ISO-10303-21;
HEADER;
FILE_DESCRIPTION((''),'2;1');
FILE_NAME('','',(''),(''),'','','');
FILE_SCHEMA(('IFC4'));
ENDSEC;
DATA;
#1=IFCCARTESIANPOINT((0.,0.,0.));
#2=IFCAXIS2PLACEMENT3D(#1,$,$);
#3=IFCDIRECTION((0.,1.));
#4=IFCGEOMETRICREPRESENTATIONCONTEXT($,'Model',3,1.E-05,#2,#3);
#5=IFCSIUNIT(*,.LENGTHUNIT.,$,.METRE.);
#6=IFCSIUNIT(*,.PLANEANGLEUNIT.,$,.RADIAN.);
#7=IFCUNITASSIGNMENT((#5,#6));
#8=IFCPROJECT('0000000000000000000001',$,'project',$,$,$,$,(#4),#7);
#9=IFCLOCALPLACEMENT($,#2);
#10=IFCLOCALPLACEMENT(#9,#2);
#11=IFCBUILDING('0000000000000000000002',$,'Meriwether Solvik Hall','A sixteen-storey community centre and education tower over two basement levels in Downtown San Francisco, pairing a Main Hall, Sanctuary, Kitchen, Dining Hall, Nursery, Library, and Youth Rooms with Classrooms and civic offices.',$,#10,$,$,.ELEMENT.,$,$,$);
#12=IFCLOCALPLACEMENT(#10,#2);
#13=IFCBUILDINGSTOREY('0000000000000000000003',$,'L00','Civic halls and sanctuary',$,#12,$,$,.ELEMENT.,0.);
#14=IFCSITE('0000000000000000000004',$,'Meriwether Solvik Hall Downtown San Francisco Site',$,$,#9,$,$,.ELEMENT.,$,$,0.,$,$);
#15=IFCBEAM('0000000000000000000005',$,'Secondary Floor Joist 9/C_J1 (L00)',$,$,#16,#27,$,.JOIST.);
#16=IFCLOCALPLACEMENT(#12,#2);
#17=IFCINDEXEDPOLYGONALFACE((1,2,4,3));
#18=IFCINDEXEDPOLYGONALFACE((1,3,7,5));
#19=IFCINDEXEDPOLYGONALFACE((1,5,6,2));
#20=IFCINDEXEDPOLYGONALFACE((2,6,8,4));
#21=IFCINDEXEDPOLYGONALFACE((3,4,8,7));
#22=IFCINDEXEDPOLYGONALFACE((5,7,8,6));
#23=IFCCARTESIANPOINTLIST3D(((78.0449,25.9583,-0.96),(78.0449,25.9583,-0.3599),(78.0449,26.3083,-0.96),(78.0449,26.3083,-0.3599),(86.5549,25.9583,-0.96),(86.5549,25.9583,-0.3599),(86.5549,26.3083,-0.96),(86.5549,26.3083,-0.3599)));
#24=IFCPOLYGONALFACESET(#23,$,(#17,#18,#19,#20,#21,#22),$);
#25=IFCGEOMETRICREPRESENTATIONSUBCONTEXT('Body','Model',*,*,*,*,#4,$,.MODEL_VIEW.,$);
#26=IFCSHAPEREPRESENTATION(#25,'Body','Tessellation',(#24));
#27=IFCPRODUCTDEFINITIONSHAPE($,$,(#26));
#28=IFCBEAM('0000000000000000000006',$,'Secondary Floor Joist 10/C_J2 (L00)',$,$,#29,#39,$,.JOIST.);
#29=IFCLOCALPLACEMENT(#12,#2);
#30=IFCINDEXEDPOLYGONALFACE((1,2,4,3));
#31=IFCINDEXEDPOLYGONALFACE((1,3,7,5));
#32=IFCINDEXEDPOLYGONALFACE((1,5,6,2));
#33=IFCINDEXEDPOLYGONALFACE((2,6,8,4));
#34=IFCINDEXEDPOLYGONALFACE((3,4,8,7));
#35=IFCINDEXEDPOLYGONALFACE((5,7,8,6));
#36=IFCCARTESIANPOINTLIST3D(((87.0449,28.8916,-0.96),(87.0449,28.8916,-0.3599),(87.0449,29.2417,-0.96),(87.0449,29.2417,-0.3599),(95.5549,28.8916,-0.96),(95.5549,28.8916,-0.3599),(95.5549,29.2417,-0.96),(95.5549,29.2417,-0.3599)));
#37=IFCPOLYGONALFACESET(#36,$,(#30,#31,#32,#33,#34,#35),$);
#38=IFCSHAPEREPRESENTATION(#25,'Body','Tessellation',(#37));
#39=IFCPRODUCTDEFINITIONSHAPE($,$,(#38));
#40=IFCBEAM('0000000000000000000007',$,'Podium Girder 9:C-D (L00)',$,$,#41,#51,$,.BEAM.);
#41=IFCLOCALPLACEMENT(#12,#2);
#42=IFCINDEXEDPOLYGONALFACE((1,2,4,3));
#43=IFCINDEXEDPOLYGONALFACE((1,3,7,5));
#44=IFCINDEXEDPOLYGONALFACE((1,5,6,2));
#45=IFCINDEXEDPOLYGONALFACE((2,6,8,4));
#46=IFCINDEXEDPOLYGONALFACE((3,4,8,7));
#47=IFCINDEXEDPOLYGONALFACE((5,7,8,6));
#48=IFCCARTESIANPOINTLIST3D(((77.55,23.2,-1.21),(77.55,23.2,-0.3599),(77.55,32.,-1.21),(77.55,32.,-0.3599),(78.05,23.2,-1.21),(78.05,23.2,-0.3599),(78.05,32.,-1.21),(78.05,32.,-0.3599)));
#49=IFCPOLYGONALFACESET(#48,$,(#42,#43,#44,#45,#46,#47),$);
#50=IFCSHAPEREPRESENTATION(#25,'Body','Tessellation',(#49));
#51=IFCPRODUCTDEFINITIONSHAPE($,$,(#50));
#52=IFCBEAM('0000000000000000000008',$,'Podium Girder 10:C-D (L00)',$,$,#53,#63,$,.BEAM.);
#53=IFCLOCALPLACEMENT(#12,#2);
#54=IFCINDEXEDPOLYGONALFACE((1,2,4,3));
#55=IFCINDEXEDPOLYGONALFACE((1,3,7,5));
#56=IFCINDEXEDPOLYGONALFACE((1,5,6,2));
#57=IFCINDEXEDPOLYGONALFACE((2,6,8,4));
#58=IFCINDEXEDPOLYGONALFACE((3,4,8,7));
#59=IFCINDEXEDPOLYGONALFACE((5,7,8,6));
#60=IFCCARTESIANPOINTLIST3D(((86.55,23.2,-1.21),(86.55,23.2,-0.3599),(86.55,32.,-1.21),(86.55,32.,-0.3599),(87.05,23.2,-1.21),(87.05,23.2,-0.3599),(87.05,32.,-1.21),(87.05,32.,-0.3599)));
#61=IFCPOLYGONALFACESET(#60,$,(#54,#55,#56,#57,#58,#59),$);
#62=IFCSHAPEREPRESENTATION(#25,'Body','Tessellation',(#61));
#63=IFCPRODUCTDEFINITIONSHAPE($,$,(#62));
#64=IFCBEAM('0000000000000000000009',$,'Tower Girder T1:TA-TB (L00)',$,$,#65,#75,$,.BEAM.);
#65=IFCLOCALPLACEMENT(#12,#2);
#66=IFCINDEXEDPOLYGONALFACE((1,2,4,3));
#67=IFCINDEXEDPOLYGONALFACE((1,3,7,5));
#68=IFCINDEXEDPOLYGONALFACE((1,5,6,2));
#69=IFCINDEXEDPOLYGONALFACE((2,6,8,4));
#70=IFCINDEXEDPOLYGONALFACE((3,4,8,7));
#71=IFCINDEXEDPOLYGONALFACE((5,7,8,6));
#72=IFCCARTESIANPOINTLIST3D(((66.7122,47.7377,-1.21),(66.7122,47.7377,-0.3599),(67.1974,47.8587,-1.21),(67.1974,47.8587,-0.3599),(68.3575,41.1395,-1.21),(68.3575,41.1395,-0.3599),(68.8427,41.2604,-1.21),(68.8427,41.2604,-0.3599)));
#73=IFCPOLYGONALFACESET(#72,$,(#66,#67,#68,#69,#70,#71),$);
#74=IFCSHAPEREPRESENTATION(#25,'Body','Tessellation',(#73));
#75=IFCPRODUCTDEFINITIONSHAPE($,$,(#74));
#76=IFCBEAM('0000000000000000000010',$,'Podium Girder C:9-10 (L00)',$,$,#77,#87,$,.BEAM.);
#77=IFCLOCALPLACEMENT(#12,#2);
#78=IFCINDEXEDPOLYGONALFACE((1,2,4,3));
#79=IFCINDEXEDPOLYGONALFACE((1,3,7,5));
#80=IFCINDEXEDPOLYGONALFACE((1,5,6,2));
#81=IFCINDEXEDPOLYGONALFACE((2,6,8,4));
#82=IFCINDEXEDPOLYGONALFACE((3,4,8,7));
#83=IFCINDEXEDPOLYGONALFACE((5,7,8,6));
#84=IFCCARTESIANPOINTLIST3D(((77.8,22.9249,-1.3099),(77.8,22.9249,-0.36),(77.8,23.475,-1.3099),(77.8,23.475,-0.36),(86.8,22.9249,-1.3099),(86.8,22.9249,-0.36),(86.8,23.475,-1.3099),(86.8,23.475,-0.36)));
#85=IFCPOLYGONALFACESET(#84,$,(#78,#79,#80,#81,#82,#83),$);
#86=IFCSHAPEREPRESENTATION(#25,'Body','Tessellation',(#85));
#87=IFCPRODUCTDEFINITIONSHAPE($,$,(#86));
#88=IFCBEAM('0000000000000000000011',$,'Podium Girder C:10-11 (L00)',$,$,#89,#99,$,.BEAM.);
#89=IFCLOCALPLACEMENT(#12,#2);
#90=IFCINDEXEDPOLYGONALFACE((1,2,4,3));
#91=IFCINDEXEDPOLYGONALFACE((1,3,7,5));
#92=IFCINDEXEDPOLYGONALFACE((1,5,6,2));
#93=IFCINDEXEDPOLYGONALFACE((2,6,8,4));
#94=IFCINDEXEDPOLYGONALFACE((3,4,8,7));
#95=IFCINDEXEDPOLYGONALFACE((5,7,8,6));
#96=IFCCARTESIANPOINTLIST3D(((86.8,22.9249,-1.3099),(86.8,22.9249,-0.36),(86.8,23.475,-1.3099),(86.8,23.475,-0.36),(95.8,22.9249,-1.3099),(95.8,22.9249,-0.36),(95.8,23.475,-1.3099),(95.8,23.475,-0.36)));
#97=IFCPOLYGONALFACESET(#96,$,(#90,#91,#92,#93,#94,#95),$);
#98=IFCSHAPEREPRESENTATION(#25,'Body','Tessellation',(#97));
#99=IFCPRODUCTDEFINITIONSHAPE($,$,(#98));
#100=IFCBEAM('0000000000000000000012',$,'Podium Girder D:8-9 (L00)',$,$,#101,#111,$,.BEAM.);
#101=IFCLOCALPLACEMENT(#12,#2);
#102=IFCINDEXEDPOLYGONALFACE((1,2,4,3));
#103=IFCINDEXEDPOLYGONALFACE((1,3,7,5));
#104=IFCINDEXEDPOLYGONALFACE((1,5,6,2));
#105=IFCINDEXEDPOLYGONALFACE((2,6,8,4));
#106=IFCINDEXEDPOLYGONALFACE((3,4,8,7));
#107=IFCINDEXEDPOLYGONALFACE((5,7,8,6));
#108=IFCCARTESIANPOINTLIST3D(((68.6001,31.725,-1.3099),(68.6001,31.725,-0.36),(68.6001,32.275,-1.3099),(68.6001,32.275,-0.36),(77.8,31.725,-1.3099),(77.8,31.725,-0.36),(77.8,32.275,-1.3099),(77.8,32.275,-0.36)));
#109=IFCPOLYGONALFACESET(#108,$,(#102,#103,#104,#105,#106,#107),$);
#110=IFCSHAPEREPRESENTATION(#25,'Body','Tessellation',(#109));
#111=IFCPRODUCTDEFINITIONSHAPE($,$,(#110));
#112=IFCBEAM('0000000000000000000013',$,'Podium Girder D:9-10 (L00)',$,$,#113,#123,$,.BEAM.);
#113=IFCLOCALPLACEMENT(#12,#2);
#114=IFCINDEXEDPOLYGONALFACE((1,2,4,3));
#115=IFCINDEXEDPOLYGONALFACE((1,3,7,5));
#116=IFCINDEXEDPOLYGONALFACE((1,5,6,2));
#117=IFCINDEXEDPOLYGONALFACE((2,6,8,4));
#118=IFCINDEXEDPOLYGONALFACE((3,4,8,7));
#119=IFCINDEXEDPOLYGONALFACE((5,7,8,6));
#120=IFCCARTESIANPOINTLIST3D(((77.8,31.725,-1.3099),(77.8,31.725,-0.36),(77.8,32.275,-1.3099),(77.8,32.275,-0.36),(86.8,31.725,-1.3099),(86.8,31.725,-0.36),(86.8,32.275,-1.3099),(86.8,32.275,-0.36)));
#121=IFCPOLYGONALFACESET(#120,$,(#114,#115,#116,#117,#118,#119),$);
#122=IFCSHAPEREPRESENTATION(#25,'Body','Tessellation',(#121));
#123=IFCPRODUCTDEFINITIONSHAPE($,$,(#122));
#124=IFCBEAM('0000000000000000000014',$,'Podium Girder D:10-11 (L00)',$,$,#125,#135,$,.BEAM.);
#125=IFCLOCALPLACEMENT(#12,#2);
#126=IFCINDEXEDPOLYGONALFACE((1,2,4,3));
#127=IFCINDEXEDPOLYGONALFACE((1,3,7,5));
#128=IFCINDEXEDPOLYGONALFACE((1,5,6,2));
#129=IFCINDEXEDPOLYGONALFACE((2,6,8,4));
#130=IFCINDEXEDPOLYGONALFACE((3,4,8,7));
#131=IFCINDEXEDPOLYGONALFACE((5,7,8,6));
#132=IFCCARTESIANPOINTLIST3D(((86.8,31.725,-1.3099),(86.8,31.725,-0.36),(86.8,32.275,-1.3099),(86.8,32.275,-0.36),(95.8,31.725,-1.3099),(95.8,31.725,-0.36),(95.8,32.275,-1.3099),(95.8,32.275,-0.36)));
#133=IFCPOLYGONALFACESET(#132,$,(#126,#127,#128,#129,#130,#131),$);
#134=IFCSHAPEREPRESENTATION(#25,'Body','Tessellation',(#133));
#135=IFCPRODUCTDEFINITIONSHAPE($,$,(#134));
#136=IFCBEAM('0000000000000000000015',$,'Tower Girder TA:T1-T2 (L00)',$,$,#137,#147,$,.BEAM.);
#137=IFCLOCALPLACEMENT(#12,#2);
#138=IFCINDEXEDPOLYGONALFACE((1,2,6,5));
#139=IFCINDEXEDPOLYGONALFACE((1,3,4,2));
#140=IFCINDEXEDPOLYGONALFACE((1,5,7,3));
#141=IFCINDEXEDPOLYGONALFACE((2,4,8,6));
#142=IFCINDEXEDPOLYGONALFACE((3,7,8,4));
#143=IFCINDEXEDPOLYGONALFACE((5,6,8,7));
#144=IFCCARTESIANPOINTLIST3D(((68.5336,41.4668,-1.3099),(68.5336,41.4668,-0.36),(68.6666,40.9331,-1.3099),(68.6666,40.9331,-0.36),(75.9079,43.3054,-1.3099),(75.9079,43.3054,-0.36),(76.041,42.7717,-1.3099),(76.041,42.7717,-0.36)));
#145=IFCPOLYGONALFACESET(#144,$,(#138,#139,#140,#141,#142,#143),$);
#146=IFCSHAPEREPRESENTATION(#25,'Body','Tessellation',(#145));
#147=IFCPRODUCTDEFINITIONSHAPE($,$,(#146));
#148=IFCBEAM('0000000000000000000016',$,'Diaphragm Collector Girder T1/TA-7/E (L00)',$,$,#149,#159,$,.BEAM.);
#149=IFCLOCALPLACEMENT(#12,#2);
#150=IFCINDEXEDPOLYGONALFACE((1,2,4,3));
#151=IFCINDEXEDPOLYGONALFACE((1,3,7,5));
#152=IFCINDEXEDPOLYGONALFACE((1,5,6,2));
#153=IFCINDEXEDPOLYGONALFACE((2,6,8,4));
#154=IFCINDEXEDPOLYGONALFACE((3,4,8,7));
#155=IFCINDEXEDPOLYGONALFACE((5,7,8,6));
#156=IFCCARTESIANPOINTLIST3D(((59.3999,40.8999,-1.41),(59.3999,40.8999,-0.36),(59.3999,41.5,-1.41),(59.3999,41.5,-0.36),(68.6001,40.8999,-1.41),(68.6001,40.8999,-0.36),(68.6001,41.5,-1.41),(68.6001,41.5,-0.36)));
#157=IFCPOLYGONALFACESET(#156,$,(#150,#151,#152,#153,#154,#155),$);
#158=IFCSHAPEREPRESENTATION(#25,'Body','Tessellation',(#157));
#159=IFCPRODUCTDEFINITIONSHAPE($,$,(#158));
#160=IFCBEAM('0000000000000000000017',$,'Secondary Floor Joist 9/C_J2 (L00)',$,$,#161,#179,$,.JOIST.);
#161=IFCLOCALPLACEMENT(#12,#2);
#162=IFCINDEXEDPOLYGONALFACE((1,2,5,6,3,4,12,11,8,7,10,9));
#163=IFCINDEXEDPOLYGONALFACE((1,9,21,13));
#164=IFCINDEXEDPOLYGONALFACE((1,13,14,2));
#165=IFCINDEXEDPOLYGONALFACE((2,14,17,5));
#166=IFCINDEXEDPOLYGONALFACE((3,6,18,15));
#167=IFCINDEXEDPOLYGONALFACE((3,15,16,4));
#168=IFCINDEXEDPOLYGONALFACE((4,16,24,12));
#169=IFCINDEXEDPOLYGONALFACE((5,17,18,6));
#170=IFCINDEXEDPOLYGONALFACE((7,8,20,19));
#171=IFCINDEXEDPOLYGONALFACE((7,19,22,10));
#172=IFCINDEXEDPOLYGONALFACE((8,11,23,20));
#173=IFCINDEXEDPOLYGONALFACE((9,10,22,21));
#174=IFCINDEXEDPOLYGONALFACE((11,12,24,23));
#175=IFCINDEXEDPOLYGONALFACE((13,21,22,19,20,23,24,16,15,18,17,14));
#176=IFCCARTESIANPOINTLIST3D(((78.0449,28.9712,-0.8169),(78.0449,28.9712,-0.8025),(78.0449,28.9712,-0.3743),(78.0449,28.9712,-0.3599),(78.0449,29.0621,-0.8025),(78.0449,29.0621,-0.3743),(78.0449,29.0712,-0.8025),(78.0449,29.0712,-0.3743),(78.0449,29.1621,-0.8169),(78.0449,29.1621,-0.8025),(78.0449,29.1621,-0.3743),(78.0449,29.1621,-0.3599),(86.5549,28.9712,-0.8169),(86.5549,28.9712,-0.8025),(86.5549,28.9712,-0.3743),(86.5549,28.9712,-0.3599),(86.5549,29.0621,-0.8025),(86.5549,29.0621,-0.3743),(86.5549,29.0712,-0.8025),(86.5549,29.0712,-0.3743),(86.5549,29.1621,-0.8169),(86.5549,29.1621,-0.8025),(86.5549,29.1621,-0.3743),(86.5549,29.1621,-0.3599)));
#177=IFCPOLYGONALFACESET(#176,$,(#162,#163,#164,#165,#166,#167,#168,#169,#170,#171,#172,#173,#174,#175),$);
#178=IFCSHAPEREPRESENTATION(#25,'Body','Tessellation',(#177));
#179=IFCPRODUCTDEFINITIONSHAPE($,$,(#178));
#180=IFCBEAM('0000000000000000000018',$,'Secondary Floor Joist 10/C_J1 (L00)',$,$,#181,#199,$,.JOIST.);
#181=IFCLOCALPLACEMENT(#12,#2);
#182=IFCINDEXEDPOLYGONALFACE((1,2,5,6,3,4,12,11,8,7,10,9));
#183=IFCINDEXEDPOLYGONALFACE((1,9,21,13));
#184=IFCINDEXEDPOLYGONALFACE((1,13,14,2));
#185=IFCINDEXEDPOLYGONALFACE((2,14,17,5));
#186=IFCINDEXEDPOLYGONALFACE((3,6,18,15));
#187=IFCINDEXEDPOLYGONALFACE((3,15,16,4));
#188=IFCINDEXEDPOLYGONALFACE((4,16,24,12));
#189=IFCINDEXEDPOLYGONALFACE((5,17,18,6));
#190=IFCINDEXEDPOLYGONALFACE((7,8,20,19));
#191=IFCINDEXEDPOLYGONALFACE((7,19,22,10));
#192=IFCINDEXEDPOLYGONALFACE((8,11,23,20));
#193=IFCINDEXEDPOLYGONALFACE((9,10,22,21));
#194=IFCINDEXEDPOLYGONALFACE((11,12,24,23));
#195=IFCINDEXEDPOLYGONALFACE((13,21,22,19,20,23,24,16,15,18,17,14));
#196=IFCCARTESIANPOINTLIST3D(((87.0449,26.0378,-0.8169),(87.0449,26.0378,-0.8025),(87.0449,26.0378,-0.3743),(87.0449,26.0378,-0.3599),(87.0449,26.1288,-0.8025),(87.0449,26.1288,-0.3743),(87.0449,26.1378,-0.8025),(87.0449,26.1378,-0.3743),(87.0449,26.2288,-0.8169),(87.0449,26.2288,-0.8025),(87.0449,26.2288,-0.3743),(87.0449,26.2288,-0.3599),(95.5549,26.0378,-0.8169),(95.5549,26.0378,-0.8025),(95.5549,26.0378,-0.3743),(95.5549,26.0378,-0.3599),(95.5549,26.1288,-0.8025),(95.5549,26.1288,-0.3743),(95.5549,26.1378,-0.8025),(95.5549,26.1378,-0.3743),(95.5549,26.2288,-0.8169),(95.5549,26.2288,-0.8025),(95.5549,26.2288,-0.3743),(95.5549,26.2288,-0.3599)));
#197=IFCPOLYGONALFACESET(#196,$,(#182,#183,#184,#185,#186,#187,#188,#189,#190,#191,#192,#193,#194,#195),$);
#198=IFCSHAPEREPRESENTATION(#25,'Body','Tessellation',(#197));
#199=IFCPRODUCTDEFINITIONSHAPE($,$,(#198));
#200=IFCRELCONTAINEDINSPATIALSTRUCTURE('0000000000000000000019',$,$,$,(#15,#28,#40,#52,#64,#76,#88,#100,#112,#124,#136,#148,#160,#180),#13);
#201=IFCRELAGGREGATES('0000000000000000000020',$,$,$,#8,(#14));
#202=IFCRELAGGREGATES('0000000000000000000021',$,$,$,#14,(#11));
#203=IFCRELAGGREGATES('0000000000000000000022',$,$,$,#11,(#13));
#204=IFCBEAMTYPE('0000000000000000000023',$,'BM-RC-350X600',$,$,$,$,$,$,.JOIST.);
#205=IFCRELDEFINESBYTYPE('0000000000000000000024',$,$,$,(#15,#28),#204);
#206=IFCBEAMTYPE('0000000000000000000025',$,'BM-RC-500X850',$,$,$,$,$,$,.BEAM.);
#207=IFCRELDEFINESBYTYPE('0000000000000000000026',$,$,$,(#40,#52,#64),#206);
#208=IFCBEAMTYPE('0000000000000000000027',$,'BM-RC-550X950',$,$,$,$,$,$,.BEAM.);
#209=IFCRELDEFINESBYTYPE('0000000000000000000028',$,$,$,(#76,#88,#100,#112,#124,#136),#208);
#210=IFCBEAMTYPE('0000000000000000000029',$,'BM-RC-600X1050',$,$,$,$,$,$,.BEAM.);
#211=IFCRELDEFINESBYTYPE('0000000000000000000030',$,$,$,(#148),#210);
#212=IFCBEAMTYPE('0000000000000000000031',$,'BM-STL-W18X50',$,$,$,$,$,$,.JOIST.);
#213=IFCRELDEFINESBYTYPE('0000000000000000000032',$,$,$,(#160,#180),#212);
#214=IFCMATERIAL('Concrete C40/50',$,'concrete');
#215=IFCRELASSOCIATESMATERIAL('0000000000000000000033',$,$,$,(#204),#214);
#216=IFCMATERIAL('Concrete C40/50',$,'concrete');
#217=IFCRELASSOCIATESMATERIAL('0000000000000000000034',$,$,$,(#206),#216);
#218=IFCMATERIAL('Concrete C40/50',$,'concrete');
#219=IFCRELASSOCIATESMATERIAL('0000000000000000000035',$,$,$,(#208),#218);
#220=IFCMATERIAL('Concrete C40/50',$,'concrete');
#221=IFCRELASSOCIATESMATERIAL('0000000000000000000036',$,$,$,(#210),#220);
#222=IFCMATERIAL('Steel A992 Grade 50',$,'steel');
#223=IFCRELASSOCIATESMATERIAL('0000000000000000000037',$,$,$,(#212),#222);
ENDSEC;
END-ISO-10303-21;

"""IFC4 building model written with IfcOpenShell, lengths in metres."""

from ifc_helpers import new_model, si_unit, direction, frame, origin, origin_2d, place, context, subcontext, project, spatial, rectangle, i_section, extrude, material, material_profile, profile_set, type_object, element, save


model = new_model("IFC4")

# Units and contexts
model_context = context("Model", 3, precision=1e-05, world=origin(), true_north=direction((0.0, 1.0)))
body_context = subcontext(model_context, "Body", "Model", "MODEL_VIEW")
ifc_project = project(units=[si_unit("LENGTHUNIT", "METRE"), si_unit("PLANEANGLEUNIT", "RADIAN")], contexts=[model_context])

# Site, building, storey
site_placement = place(None, origin())
site = spatial("IfcSite", under=ifc_project, at=site_placement, Name="Meriwether Solvik Hall Downtown San Francisco Site", CompositionType="ELEMENT", RefElevation=0.0)
building_placement = place(site_placement, origin())
building = spatial("IfcBuilding", under=site, at=building_placement, Name="Meriwether Solvik Hall", Description="A sixteen-storey community centre and education tower over two basement levels in Downtown San Francisco, pairing a Main Hall, Sanctuary, Kitchen, Dining Hall, Nursery, Library, and Youth Rooms with Classrooms and civic offices.", CompositionType="ELEMENT")
storey_placement = place(building_placement, origin())
storey = spatial("IfcBuildingStorey", under=building, at=storey_placement, Name="L00", Description="Civic halls and sanctuary", CompositionType="ELEMENT", Elevation=0.0)

# Beams
ifc_material_1 = material(Name="Concrete C40/50", Category="concrete")
ifc_material_profile_1 = material_profile(ifc_material_1, rectangle(XDim=0.3501, YDim=0.6001, at=origin_2d()), Name="RCB-350X600")
ifc_profile_set_1 = profile_set([ifc_material_profile_1], Name="Concrete C40/50")
beam_type_1 = type_object("IfcBeamType", Name="BM-RC-350X600", PredefinedType="JOIST", material=ifc_profile_set_1)
for number, where, z_axis, x_axis, name in (
    (1, (78.0449, 26.1333, -0.6599), (1.0, 0.0, 0.0), (0.0, 1.0, 0.0), "Secondary Floor Joist 9/C_J1 (L00)"),
    (2, (87.0449, 29.0667, -0.6599), (1.0, 0.0, 0.0), (0.0, 1.0, 0.0), "Secondary Floor Joist 10/C_J2 (L00)"),
):
    element("IfcBeam", number, at=place(storey_placement, frame(where, z_axis=z_axis, x_axis=x_axis)), inside=storey, type_object=beam_type_1, Name=name, PredefinedType="JOIST", context=body_context, shape_type="SweptSolid", body=[
        extrude(rectangle(XDim=0.3501, YDim=0.6001, at=origin_2d()), origin(), (0.0, 0.0, 1.0), 8.51),
    ])
ifc_material_2 = material(Name="Concrete C40/50", Category="concrete")
ifc_material_profile_2 = material_profile(ifc_material_2, rectangle(XDim=0.5, YDim=0.8501, at=origin_2d()), Name="RCB-500X850")
ifc_profile_set_2 = profile_set([ifc_material_profile_2], Name="Concrete C40/50")
beam_type_2 = type_object("IfcBeamType", Name="BM-RC-500X850", PredefinedType="BEAM", material=ifc_profile_set_2)
for number, where, z_axis, x_axis, name in (
    (3, (77.8, 23.2, -0.7849), (0.0, 1.0, 0.0), (-1.0, 0.0, 0.0), "Podium Girder 9:C-D (L00)"),
    (4, (86.8, 23.2, -0.7849), (0.0, 1.0, 0.0), (-1.0, 0.0, 0.0), "Podium Girder 10:C-D (L00)"),
):
    element("IfcBeam", number, at=place(storey_placement, frame(where, z_axis=z_axis, x_axis=x_axis)), inside=storey, type_object=beam_type_2, Name=name, PredefinedType="BEAM", context=body_context, shape_type="SweptSolid", body=[
        extrude(rectangle(XDim=0.5, YDim=0.8501, at=origin_2d()), origin(), (0.0, 0.0, 1.0), 8.8),
    ])
beam_1_placement = place(storey_placement, frame((68.6001, 41.2, -0.7849), z_axis=(-0.241944, 0.97029, 0.0), x_axis=(-0.97029, -0.241944, 0.0)))
element("IfcBeam", 5, at=beam_1_placement, inside=storey, type_object=beam_type_2, Name="Tower Girder T1:TA-TB (L00)", PredefinedType="BEAM", context=body_context, shape_type="SweptSolid", body=[
    extrude(rectangle(XDim=0.5, YDim=0.8501, at=origin_2d()), origin(), (0.0, 0.0, 1.0), 6.8003),
])
ifc_material_3 = material(Name="Concrete C40/50", Category="concrete")
ifc_material_profile_3 = material_profile(ifc_material_3, rectangle(XDim=0.55, YDim=0.95, at=origin_2d()), Name="RCB-550X950")
ifc_profile_set_3 = profile_set([ifc_material_profile_3], Name="Concrete C40/50")
beam_type_3 = type_object("IfcBeamType", Name="BM-RC-550X950", PredefinedType="BEAM", material=ifc_profile_set_3)
for number, where, z_axis, x_axis, name in (
    (6, (77.8, 23.2, -0.835), (1.0, 0.0, 0.0), (0.0, 1.0, 0.0), "Podium Girder C:9-10 (L00)"),
    (7, (86.8, 23.2, -0.835), (1.0, 0.0, 0.0), (0.0, 1.0, 0.0), "Podium Girder C:10-11 (L00)"),
):
    element("IfcBeam", number, at=place(storey_placement, frame(where, z_axis=z_axis, x_axis=x_axis)), inside=storey, type_object=beam_type_3, Name=name, PredefinedType="BEAM", context=body_context, shape_type="SweptSolid", body=[
        extrude(rectangle(XDim=0.55, YDim=0.95, at=origin_2d()), origin(), (0.0, 0.0, 1.0), 9.0),
    ])
beam_2_placement = place(storey_placement, frame((68.6001, 32.0, -0.835), z_axis=(1.0, 0.0, 0.0), x_axis=(0.0, 1.0, 0.0)))
element("IfcBeam", 8, at=beam_2_placement, inside=storey, type_object=beam_type_3, Name="Podium Girder D:8-9 (L00)", PredefinedType="BEAM", context=body_context, shape_type="SweptSolid", body=[
    extrude(rectangle(XDim=0.55, YDim=0.95, at=origin_2d()), origin(), (0.0, 0.0, 1.0), 9.2),
])
for number, where, z_axis, x_axis, name in (
    (9, (77.8, 32.0, -0.835), (1.0, 0.0, 0.0), (0.0, 1.0, 0.0), "Podium Girder D:9-10 (L00)"),
    (10, (86.8, 32.0, -0.835), (1.0, 0.0, 0.0), (0.0, 1.0, 0.0), "Podium Girder D:10-11 (L00)"),
):
    element("IfcBeam", number, at=place(storey_placement, frame(where, z_axis=z_axis, x_axis=x_axis)), inside=storey, type_object=beam_type_3, Name=name, PredefinedType="BEAM", context=body_context, shape_type="SweptSolid", body=[
        extrude(rectangle(XDim=0.55, YDim=0.95, at=origin_2d()), origin(), (0.0, 0.0, 1.0), 9.0),
    ])
beam_3_placement = place(storey_placement, frame((68.6001, 41.2, -0.835), z_axis=(0.970295, 0.241923, 0.0), x_axis=(-0.241923, 0.970295, 0.0)))
element("IfcBeam", 11, at=beam_3_placement, inside=storey, type_object=beam_type_3, Name="Tower Girder TA:T1-T2 (L00)", PredefinedType="BEAM", context=body_context, shape_type="SweptSolid", body=[
    extrude(rectangle(XDim=0.55, YDim=0.95, at=origin_2d()), origin(), (0.0, 0.0, 1.0), 7.6001),
])
ifc_material_4 = material(Name="Concrete C40/50", Category="concrete")
ifc_material_profile_4 = material_profile(ifc_material_4, rectangle(XDim=0.6001, YDim=1.05, at=origin_2d()), Name="RCB-600X1050")
ifc_profile_set_4 = profile_set([ifc_material_profile_4], Name="Concrete C40/50")
beam_type_4 = type_object("IfcBeamType", Name="BM-RC-600X1050", PredefinedType="BEAM", material=ifc_profile_set_4)
beam_4_placement = place(storey_placement, frame((68.6001, 41.2, -0.885), z_axis=(-1.0, 0.0, 0.0), x_axis=(0.0, -1.0, 0.0)))
element("IfcBeam", 12, at=beam_4_placement, inside=storey, type_object=beam_type_4, Name="Diaphragm Collector Girder T1/TA-7/E (L00)", PredefinedType="BEAM", context=body_context, shape_type="SweptSolid", body=[
    extrude(rectangle(XDim=0.6001, YDim=1.05, at=origin_2d()), origin(), (0.0, 0.0, 1.0), 9.2002),
])
ifc_material_5 = material(Name="Steel A992 Grade 50", Category="steel")
ifc_material_profile_5 = material_profile(ifc_material_5, i_section(OverallWidth=0.1909, OverallDepth=0.457, WebThickness=0.009, FlangeThickness=0.0144, at=origin_2d()), Name="W18X50")
ifc_profile_set_5 = profile_set([ifc_material_profile_5], Name="Steel A992 Grade 50")
beam_type_5 = type_object("IfcBeamType", Name="BM-STL-W18X50", PredefinedType="JOIST", material=ifc_profile_set_5)
for number, where, z_axis, x_axis, name in (
    (13, (78.0449, 29.0667, -0.5884), (1.0, 0.0, 0.0), (0.0, 1.0, 0.0), "Secondary Floor Joist 9/C_J2 (L00)"),
    (14, (87.0449, 26.1333, -0.5884), (1.0, 0.0, 0.0), (0.0, 1.0, 0.0), "Secondary Floor Joist 10/C_J1 (L00)"),
):
    element("IfcBeam", number, at=place(storey_placement, frame(where, z_axis=z_axis, x_axis=x_axis)), inside=storey, type_object=beam_type_5, Name=name, PredefinedType="JOIST", context=body_context, shape_type="SweptSolid", body=[
        extrude(i_section(OverallWidth=0.1909, OverallDepth=0.457, WebThickness=0.009, FlangeThickness=0.0144, at=origin_2d()), origin(), (0.0, 0.0, 1.0), 8.51),
    ])

save(model, "model.ifc")
